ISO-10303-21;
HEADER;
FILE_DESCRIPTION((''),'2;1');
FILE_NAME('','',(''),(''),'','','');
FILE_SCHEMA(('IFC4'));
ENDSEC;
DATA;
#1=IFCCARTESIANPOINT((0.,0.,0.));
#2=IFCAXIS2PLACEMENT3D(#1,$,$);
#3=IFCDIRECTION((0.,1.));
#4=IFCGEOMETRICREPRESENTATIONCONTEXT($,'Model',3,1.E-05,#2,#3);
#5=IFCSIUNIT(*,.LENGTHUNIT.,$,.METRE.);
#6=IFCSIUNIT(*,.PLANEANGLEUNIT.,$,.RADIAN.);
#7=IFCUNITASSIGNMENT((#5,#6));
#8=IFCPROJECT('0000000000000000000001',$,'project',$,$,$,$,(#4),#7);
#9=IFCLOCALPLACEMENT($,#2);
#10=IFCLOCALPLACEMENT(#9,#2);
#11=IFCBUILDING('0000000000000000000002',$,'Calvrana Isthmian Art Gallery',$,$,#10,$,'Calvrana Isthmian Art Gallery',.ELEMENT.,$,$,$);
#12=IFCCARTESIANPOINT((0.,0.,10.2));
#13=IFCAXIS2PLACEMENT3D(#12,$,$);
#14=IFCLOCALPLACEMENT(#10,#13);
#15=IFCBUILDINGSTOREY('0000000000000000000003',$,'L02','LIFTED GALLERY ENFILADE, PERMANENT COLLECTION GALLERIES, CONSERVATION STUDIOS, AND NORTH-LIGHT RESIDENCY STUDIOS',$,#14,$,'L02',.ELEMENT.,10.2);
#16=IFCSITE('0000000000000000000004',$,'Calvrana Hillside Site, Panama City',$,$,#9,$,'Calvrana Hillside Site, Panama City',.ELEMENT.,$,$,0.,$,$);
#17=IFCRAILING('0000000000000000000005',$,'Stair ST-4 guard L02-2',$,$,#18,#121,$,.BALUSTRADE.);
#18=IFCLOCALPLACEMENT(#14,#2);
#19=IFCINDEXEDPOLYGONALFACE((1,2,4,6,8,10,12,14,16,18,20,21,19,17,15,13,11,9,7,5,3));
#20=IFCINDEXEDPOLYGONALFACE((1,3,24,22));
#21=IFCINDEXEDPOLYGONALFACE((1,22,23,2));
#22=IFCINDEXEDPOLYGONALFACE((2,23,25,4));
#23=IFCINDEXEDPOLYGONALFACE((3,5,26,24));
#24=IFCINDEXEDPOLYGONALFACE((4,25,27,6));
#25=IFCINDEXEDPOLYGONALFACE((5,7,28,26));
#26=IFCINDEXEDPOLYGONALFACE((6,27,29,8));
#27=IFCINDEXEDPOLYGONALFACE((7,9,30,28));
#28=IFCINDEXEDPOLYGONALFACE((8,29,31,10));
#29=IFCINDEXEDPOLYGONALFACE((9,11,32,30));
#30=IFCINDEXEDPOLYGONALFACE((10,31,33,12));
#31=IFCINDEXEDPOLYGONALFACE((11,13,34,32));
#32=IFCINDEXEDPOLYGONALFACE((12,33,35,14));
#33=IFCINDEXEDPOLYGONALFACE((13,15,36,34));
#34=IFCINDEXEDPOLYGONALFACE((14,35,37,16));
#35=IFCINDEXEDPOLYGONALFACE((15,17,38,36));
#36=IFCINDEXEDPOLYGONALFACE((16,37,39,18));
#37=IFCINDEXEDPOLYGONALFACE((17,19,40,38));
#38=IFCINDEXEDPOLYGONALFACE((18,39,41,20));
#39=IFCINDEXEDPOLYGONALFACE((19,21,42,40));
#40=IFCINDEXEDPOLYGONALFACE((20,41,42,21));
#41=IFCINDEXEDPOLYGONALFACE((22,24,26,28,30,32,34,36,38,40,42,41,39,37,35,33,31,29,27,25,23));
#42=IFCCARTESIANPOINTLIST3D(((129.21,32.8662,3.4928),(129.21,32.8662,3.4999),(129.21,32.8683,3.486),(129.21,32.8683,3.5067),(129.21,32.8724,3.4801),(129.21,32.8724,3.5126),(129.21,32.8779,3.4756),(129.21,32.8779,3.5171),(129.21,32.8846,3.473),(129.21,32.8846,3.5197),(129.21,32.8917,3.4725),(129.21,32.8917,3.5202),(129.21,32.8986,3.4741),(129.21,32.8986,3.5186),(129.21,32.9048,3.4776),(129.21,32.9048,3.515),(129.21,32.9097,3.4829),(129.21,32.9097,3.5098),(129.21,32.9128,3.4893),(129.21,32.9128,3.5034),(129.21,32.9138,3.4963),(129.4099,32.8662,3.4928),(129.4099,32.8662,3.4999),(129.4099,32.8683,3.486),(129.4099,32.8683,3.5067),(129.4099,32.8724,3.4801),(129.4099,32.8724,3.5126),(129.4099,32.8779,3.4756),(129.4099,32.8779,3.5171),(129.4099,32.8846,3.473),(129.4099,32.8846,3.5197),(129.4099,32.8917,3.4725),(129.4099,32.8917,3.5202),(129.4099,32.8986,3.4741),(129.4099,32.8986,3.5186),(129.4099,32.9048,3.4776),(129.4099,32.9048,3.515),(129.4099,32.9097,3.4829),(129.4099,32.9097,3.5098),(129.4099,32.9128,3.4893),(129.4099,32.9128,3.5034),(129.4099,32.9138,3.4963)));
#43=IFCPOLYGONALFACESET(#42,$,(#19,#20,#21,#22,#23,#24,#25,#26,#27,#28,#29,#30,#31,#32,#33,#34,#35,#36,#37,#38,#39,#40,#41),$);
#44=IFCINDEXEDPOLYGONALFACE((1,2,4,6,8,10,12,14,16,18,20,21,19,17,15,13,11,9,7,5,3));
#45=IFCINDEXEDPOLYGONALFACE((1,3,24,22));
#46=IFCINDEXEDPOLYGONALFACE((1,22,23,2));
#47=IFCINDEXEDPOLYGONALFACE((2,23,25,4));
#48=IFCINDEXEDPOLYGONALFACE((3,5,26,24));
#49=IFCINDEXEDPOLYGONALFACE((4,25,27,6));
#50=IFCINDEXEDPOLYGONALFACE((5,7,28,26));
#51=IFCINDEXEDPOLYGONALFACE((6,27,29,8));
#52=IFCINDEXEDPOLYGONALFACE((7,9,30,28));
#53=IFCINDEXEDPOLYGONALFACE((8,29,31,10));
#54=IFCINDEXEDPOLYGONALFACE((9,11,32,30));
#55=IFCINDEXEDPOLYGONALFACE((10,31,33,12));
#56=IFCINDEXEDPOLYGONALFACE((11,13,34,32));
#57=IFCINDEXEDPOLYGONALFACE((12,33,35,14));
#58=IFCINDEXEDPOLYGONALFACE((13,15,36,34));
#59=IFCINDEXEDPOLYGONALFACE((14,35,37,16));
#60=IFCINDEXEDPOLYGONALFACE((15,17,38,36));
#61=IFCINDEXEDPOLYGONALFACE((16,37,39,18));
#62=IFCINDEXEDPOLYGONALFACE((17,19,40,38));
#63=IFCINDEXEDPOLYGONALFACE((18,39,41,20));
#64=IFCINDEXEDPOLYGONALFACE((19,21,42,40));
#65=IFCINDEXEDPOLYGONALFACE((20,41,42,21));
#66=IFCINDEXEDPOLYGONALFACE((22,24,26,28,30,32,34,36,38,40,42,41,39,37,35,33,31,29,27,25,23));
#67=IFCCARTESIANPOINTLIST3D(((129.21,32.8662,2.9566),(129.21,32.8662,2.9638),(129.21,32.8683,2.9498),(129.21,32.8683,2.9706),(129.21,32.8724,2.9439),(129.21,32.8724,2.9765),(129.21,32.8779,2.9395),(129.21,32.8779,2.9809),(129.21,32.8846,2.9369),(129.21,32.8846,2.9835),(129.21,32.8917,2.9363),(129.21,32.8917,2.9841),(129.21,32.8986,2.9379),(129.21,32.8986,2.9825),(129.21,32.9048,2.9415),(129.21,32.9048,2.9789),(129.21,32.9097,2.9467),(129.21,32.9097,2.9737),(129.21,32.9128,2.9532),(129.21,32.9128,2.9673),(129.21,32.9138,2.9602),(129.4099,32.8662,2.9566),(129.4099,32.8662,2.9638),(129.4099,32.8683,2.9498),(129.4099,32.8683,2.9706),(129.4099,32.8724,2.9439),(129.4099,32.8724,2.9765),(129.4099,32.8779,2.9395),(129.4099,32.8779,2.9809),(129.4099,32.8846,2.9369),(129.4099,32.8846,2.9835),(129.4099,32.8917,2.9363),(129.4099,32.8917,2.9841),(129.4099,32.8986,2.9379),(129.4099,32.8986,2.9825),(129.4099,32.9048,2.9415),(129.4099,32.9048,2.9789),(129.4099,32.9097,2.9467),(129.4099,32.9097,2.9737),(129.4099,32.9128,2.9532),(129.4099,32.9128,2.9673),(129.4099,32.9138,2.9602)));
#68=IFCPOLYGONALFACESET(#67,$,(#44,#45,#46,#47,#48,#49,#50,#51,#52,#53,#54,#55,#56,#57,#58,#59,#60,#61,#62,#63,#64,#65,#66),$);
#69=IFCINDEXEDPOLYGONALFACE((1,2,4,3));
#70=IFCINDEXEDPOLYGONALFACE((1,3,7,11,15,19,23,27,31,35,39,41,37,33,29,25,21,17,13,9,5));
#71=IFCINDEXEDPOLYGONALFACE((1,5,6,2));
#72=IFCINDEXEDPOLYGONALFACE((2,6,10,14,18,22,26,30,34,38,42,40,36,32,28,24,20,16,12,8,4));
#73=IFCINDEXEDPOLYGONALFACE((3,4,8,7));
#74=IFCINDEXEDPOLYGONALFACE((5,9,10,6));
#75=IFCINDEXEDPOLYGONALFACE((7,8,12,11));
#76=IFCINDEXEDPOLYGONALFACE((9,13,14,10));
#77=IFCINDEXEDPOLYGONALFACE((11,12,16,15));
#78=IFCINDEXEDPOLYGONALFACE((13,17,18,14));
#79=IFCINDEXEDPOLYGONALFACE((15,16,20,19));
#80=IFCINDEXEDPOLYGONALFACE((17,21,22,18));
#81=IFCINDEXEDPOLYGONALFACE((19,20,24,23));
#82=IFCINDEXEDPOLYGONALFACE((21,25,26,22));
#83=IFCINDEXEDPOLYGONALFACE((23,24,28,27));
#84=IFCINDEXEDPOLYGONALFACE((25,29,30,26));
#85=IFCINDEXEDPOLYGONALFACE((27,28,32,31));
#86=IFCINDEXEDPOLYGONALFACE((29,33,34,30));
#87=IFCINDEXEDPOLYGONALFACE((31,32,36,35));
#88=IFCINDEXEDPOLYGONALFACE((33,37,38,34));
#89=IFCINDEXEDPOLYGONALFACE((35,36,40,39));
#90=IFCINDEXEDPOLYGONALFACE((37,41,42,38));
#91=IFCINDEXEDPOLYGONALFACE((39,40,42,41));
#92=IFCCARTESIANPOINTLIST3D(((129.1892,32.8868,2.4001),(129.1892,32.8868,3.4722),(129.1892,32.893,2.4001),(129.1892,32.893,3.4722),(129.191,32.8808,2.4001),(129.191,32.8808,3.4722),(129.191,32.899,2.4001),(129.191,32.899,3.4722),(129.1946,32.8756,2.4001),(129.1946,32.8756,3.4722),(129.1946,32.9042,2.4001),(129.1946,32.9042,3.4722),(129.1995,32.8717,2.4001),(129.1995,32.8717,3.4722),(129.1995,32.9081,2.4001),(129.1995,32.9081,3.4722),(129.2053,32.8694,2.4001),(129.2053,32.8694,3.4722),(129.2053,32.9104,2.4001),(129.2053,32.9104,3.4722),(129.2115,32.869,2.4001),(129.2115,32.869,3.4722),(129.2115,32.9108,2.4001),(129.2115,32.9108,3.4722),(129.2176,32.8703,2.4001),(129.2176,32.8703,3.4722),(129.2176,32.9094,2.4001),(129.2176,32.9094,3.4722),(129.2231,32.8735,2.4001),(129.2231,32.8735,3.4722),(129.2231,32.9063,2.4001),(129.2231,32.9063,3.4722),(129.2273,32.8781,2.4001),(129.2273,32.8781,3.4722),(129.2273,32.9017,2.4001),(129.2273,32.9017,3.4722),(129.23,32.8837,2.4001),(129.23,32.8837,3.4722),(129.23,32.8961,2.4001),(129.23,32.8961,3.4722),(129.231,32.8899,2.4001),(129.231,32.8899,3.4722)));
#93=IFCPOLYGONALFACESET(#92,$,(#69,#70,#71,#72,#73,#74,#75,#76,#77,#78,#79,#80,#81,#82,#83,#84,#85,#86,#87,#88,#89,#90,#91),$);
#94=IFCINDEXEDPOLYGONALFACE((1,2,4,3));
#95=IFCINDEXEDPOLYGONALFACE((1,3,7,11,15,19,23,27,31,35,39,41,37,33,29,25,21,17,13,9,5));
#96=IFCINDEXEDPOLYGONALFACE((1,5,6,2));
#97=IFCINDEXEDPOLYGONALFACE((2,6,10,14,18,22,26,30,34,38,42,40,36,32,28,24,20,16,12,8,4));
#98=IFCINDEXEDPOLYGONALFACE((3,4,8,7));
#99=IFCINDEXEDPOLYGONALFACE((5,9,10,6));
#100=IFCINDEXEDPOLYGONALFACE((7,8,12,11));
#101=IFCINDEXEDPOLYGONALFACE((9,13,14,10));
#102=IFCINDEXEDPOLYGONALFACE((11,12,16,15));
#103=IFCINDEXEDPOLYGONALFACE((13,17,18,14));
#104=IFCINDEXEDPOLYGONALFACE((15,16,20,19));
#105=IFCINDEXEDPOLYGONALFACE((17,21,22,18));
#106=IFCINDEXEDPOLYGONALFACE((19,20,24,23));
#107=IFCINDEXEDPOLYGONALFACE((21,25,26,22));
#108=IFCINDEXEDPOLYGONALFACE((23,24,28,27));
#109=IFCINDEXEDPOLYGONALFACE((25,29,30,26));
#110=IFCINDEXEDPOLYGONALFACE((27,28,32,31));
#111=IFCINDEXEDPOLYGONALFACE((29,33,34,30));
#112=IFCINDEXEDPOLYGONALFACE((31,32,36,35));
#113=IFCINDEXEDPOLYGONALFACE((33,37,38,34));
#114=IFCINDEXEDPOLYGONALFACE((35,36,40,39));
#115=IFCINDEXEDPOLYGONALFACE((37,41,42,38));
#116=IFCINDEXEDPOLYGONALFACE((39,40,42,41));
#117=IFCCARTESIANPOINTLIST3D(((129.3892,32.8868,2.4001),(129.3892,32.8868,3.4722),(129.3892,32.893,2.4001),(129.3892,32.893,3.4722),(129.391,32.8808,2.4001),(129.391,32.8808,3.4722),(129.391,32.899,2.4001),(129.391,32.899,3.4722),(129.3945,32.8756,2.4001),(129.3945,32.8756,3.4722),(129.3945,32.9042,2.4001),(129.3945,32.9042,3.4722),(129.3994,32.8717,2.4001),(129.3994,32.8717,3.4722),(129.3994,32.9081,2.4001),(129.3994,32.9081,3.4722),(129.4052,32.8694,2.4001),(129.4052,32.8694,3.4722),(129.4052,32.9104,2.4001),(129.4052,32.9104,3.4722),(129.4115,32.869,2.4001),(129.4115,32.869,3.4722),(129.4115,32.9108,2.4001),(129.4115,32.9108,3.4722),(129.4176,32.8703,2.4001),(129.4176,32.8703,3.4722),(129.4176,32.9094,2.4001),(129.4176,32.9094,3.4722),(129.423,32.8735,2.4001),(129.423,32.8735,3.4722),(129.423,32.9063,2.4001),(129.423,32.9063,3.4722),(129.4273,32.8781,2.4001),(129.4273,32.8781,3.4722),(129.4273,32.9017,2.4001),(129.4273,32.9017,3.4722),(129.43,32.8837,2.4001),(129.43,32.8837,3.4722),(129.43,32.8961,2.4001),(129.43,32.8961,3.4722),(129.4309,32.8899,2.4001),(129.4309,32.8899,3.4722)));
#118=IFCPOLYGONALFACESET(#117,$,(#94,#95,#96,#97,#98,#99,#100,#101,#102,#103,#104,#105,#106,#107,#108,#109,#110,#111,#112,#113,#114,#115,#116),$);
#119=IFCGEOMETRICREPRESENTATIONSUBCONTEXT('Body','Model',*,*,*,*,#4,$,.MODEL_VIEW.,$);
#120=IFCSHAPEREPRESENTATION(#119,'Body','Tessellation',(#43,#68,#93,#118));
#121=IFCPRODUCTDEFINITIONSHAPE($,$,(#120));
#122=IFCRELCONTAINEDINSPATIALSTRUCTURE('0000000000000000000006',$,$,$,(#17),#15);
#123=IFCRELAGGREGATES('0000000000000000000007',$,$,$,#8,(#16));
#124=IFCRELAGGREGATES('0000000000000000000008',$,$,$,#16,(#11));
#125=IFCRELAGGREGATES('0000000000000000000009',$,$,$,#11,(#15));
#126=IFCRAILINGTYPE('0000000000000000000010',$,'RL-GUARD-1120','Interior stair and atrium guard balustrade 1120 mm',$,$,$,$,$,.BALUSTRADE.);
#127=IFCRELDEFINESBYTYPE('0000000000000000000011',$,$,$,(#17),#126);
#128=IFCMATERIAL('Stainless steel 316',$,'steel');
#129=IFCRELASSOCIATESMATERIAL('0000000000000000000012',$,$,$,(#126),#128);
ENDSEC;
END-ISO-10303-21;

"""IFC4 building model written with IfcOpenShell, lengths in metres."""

from ifc_helpers import new_model, si_unit, direction, frame, origin, origin_2d, place, context, subcontext, project, spatial, circle, extrude, material, type_object, element, save


model = new_model("IFC4")

# Units and contexts
model_context = context("Model", 3, precision=1e-05, world=origin(), true_north=direction((0.0, 1.0)))
body_context = subcontext(model_context, "Body", "Model", "MODEL_VIEW")
ifc_project = project(units=[si_unit("LENGTHUNIT", "METRE"), si_unit("PLANEANGLEUNIT", "RADIAN")], contexts=[model_context])

# Site, building, storey
site_placement = place(None, origin())
site = spatial("IfcSite", under=ifc_project, at=site_placement, Name="Calvrana Hillside Site, Panama City", LongName="Calvrana Hillside Site, Panama City", CompositionType="ELEMENT", RefElevation=0.0)
building_placement = place(site_placement, origin())
building = spatial("IfcBuilding", under=site, at=building_placement, Name="Calvrana Isthmian Art Gallery", LongName="Calvrana Isthmian Art Gallery", CompositionType="ELEMENT")
storey_placement = place(building_placement, frame((0.0, 0.0, 10.2)))
storey = spatial("IfcBuildingStorey", under=building, at=storey_placement, Name="L02", Description="LIFTED GALLERY ENFILADE, PERMANENT COLLECTION GALLERIES, CONSERVATION STUDIOS, AND NORTH-LIGHT RESIDENCY STUDIOS", LongName="L02", CompositionType="ELEMENT", Elevation=10.2)

# Railing
ifc_material_1 = material(Name="Stainless steel 316", Category="steel")
railing_type_1 = type_object("IfcRailingType", Name="RL-GUARD-1120", Description="Interior stair and atrium guard balustrade 1120 mm", PredefinedType="BALUSTRADE", material=ifc_material_1)
railing_1_placement = place(storey_placement, frame((129.21, 32.8899, 2.4001)))
element("IfcRailing", 1, at=railing_1_placement, inside=storey, type_object=railing_type_1, Name="Stair ST-4 guard L02-2", PredefinedType="BALUSTRADE", context=body_context, shape_type="SweptSolid", body=[
    extrude(circle(Radius=0.0239, at=origin_2d()), frame((0.0, 0.0, 1.0962), z_axis=(1.0, 0.0, 0.0), x_axis=(0.0, 1.0, 0.0)), (0.0, 0.0, 1.0), 0.2),
    extrude(circle(Radius=0.0239, at=origin_2d()), frame((0.0, 0.0, 0.5601), z_axis=(1.0, 0.0, 0.0), x_axis=(0.0, 1.0, 0.0)), (0.0, 0.0, 1.0), 0.2),
    extrude(circle(Radius=0.021, at=origin_2d()), origin(), (0.0, 0.0, 1.0), 1.072),
    extrude(circle(Radius=0.021, at=origin_2d()), frame((0.2, 0.0, 0.0)), (0.0, 0.0, 1.0), 1.072),
])

save(model, "model.ifc")
